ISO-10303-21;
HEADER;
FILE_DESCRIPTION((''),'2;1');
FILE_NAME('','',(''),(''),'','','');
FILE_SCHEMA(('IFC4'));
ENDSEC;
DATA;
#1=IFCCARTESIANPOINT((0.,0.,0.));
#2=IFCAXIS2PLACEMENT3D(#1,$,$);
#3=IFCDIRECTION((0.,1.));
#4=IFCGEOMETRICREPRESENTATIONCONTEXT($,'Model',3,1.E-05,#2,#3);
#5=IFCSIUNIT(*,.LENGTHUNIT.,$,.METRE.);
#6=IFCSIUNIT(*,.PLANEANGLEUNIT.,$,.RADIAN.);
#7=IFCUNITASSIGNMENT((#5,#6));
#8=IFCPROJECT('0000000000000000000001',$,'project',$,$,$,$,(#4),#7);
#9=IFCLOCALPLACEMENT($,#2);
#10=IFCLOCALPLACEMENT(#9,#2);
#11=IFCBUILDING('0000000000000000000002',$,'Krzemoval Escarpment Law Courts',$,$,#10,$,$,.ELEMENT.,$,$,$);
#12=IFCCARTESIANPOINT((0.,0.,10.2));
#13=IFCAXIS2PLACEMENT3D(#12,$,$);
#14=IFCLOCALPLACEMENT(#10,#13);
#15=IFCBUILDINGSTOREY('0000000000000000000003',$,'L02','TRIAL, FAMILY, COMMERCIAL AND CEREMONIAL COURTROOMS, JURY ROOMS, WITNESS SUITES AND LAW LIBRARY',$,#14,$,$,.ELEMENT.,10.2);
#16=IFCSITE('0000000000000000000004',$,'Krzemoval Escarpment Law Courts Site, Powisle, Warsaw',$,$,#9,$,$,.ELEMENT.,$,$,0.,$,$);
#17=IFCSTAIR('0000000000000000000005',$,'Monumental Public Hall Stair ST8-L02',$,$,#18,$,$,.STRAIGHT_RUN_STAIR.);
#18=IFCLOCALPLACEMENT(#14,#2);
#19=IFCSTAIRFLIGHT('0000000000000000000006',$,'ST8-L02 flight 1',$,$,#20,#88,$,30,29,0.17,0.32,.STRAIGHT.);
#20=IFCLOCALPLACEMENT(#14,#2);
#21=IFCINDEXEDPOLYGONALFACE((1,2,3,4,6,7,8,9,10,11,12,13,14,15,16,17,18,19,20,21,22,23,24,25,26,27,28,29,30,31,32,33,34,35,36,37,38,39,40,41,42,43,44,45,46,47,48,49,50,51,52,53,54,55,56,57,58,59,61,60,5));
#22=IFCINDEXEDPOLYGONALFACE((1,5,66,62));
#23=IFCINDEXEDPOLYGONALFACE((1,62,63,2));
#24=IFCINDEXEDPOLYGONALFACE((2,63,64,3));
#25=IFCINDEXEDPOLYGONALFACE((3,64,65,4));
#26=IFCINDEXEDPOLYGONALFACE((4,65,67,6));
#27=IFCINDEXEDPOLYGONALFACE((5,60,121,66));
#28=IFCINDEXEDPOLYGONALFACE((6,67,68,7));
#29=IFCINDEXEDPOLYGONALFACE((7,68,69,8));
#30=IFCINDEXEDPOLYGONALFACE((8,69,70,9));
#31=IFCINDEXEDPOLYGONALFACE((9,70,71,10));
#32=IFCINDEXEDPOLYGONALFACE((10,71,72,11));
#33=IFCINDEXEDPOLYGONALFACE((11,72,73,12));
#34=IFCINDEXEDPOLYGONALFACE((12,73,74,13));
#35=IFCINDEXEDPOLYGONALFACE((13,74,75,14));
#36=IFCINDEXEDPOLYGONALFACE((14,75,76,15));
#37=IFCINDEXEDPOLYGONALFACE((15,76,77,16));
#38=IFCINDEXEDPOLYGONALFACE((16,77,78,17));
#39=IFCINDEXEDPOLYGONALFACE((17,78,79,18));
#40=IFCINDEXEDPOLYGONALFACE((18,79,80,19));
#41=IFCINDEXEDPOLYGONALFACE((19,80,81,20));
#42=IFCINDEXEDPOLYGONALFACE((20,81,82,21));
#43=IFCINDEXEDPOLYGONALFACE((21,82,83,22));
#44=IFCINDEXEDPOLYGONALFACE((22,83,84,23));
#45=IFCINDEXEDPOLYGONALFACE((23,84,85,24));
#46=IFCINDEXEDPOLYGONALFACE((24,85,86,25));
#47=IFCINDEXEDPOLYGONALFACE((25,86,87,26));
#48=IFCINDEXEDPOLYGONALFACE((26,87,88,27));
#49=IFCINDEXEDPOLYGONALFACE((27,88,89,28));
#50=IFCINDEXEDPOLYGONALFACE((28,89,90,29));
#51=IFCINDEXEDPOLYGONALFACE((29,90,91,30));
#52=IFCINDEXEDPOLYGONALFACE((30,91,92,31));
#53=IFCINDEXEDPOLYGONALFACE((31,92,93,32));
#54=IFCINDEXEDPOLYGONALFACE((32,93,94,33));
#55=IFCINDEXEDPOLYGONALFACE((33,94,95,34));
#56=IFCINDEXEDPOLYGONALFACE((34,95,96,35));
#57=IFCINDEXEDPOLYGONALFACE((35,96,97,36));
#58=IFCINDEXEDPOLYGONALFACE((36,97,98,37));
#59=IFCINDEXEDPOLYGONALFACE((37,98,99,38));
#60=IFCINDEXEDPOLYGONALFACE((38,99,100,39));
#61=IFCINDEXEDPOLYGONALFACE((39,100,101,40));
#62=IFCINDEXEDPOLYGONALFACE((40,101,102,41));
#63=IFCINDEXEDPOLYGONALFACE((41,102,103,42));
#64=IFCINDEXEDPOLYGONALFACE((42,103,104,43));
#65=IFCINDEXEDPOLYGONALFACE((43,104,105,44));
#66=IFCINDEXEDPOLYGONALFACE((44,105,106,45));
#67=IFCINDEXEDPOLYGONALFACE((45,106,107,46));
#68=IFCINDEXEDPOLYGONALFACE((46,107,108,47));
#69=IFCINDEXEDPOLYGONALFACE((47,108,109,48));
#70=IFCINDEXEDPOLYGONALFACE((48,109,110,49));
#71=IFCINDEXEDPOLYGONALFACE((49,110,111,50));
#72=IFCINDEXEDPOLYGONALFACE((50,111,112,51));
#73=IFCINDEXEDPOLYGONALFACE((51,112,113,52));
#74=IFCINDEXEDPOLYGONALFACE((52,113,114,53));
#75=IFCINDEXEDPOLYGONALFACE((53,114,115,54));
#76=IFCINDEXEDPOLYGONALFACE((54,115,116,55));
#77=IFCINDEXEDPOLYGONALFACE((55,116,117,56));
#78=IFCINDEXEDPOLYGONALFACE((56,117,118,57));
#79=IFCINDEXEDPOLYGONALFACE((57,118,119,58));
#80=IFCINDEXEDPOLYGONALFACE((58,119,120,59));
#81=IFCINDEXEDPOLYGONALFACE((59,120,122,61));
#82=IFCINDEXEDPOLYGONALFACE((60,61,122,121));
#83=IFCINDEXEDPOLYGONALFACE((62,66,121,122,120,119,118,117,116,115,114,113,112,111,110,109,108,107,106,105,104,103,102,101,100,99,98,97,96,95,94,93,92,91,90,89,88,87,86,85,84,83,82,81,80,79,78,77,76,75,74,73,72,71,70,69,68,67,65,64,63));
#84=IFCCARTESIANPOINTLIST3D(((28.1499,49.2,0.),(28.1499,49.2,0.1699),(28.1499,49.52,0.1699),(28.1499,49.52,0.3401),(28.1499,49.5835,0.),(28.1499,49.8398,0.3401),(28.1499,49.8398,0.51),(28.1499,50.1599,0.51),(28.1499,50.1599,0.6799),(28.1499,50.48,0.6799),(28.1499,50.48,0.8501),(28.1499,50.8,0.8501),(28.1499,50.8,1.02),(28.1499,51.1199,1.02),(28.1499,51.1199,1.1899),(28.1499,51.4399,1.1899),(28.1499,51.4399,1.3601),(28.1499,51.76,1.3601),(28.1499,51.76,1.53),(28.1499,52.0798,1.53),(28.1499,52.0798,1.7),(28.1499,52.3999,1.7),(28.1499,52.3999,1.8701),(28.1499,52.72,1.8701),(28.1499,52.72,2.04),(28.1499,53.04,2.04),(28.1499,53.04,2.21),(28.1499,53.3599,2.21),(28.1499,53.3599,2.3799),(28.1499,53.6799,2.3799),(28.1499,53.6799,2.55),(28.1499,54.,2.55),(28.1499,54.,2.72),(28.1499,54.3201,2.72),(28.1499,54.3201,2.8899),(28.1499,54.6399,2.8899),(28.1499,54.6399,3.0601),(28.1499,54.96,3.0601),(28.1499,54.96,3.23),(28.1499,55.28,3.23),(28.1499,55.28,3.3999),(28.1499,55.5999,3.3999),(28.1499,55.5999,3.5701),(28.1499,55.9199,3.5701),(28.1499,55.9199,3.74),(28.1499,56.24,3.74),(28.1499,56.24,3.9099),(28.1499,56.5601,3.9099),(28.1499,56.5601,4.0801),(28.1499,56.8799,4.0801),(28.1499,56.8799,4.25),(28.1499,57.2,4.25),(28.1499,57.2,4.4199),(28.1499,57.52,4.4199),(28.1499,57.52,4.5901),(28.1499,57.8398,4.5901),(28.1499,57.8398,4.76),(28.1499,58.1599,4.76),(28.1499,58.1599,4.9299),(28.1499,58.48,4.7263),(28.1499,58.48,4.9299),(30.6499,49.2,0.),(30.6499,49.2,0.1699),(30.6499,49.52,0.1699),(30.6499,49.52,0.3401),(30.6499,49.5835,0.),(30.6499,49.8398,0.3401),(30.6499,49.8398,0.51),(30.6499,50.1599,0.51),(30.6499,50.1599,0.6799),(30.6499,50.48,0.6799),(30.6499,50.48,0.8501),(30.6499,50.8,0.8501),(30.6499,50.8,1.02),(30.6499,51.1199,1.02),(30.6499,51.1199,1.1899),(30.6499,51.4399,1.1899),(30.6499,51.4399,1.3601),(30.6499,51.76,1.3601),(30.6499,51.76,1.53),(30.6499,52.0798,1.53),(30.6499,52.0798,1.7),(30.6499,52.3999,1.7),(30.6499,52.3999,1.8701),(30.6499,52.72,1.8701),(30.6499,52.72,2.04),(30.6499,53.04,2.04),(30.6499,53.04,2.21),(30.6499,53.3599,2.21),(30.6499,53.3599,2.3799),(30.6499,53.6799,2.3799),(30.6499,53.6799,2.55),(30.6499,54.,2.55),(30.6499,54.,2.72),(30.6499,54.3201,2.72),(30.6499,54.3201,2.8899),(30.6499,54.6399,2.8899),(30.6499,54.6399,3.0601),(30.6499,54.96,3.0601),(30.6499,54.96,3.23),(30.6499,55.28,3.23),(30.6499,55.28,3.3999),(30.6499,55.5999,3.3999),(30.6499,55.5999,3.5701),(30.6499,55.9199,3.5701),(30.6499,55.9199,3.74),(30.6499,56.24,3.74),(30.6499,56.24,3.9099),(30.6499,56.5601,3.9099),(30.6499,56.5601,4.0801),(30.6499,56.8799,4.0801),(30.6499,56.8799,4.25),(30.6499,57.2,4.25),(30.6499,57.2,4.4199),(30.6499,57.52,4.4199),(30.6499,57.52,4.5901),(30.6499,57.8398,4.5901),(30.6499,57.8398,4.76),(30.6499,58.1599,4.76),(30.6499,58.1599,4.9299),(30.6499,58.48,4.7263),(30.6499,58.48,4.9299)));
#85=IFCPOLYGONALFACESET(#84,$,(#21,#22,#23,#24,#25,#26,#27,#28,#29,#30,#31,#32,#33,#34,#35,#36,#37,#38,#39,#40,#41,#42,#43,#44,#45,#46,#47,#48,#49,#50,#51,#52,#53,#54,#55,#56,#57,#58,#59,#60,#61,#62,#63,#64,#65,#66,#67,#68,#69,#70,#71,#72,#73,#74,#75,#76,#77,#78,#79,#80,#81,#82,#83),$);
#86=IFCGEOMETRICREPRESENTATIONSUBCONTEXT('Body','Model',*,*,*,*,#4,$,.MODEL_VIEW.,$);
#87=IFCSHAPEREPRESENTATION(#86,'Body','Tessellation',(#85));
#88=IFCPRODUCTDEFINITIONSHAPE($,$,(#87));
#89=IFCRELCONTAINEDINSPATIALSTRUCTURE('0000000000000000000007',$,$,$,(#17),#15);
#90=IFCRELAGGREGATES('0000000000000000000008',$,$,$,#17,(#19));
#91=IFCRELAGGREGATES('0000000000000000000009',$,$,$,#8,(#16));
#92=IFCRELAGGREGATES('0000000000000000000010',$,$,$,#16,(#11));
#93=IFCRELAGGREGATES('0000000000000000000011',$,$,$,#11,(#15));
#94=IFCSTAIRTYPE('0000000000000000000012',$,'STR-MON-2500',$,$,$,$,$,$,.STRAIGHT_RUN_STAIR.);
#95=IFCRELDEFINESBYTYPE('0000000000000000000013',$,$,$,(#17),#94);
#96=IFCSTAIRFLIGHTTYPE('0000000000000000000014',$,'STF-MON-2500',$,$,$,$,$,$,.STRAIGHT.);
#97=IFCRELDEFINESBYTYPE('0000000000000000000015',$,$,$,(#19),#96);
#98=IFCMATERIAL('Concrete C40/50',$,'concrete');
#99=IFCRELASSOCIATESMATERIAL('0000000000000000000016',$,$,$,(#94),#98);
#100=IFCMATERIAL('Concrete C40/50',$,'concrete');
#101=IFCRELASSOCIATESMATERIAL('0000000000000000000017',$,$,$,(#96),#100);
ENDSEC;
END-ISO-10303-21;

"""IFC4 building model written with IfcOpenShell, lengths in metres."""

from ifc_helpers import new_model, si_unit, direction, frame, origin, place, context, subcontext, project, spatial, polyline, outline, extrude, material, type_object, element, aggregate, save


model = new_model("IFC4")

# Units and contexts
model_context = context("Model", 3, precision=1e-05, world=origin(), true_north=direction((0.0, 1.0)))
body_context = subcontext(model_context, "Body", "Model", "MODEL_VIEW")
ifc_project = project(units=[si_unit("LENGTHUNIT", "METRE"), si_unit("PLANEANGLEUNIT", "RADIAN")], contexts=[model_context])

# Site, building, storey
site_placement = place(None, origin())
site = spatial("IfcSite", under=ifc_project, at=site_placement, Name="Krzemoval Escarpment Law Courts Site, Powisle, Warsaw", CompositionType="ELEMENT", RefElevation=0.0)
building_placement = place(site_placement, origin())
building = spatial("IfcBuilding", under=site, at=building_placement, Name="Krzemoval Escarpment Law Courts", CompositionType="ELEMENT")
storey_placement = place(building_placement, frame((0.0, 0.0, 10.2)))
storey = spatial("IfcBuildingStorey", under=building, at=storey_placement, Name="L02", Description="TRIAL, FAMILY, COMMERCIAL AND CEREMONIAL COURTROOMS, JURY ROOMS, WITNESS SUITES AND LAW LIBRARY", CompositionType="ELEMENT", Elevation=10.2)

# Stair, stair flight
ifc_material_1 = material(Name="Concrete C40/50", Category="concrete")
stair_type = type_object("IfcStairType", Name="STR-MON-2500", PredefinedType="STRAIGHT_RUN_STAIR", material=ifc_material_1)
stair_placement = place(storey_placement, origin())
stair = element("IfcStair", 1, at=stair_placement, inside=storey, type_object=stair_type, Name="Monumental Public Hall Stair ST8-L02", PredefinedType="STRAIGHT_RUN_STAIR")
ifc_material_2 = material(Name="Concrete C40/50", Category="concrete")
stair_flight_type = type_object("IfcStairFlightType", Name="STF-MON-2500", PredefinedType="STRAIGHT", material=ifc_material_2)
stair_flight_placement = place(storey_placement, frame((29.3999, 49.2, 0.0), z_axis=(0.0, 0.0, 1.0), x_axis=(0.0, 1.0, 0.0)))
stair_flight = element("IfcStairFlight", 2, at=stair_flight_placement, type_object=stair_flight_type, Name="ST8-L02 flight 1", NumberOfRisers=30, NumberOfTreads=29, PredefinedType="STRAIGHT", RiserHeight=0.17, TreadLength=0.32, context=body_context, shape_type="SweptSolid", body=[
    extrude(outline(polyline([(0.0, 0.0), (0.0, 0.1699), (0.3201, 0.1699), (0.3201, 0.3401), (0.6399, 0.3401), (0.6399, 0.51), (0.96, 0.51), (0.96, 0.6799), (1.28, 0.6799), (1.28, 0.8501), (1.6001, 0.8501), (1.6001, 1.02), (1.9199, 1.02), (1.9199, 1.1899), (2.24, 1.1899), (2.24, 1.3601), (2.5601, 1.3601), (2.5601, 1.53), (2.8799, 1.53), (2.8799, 1.7), (3.2, 1.7), (3.2, 1.8701), (3.52, 1.8701), (3.52, 2.04), (3.8401, 2.04), (3.8401, 2.21), (4.1599, 2.21), (4.1599, 2.3799), (4.48, 2.3799), (4.48, 2.55), (4.8, 2.55), (4.8, 2.72), (5.1201, 2.72), (5.1201, 2.8899), (5.4399, 2.8899), (5.4399, 3.0601), (5.76, 3.0601), (5.76, 3.23), (6.0801, 3.23), (6.0801, 3.3999), (6.3999, 3.3999), (6.3999, 3.5701), (6.72, 3.5701), (6.72, 3.74), (7.04, 3.74), (7.04, 3.9099), (7.3601, 3.9099), (7.3601, 4.0801), (7.6799, 4.0801), (7.6799, 4.25), (8.0, 4.25), (8.0, 4.4199), (8.3201, 4.4199), (8.3201, 4.5901), (8.6399, 4.5901), (8.6399, 4.76), (8.96, 4.76), (8.96, 4.9299), (9.28, 4.9299), (9.28, 5.1001), (9.28, 4.7263), (0.3835, 0.0), (0.0, 0.0)])), frame((0.0, 1.25, 0.0), z_axis=(0.0, -1.0, 0.0), x_axis=(1.0, 0.0, 0.0)), (0.0, 0.0, 1.0), 2.5),
])
aggregate(stair, [stair_flight])

save(model, "model.ifc")
